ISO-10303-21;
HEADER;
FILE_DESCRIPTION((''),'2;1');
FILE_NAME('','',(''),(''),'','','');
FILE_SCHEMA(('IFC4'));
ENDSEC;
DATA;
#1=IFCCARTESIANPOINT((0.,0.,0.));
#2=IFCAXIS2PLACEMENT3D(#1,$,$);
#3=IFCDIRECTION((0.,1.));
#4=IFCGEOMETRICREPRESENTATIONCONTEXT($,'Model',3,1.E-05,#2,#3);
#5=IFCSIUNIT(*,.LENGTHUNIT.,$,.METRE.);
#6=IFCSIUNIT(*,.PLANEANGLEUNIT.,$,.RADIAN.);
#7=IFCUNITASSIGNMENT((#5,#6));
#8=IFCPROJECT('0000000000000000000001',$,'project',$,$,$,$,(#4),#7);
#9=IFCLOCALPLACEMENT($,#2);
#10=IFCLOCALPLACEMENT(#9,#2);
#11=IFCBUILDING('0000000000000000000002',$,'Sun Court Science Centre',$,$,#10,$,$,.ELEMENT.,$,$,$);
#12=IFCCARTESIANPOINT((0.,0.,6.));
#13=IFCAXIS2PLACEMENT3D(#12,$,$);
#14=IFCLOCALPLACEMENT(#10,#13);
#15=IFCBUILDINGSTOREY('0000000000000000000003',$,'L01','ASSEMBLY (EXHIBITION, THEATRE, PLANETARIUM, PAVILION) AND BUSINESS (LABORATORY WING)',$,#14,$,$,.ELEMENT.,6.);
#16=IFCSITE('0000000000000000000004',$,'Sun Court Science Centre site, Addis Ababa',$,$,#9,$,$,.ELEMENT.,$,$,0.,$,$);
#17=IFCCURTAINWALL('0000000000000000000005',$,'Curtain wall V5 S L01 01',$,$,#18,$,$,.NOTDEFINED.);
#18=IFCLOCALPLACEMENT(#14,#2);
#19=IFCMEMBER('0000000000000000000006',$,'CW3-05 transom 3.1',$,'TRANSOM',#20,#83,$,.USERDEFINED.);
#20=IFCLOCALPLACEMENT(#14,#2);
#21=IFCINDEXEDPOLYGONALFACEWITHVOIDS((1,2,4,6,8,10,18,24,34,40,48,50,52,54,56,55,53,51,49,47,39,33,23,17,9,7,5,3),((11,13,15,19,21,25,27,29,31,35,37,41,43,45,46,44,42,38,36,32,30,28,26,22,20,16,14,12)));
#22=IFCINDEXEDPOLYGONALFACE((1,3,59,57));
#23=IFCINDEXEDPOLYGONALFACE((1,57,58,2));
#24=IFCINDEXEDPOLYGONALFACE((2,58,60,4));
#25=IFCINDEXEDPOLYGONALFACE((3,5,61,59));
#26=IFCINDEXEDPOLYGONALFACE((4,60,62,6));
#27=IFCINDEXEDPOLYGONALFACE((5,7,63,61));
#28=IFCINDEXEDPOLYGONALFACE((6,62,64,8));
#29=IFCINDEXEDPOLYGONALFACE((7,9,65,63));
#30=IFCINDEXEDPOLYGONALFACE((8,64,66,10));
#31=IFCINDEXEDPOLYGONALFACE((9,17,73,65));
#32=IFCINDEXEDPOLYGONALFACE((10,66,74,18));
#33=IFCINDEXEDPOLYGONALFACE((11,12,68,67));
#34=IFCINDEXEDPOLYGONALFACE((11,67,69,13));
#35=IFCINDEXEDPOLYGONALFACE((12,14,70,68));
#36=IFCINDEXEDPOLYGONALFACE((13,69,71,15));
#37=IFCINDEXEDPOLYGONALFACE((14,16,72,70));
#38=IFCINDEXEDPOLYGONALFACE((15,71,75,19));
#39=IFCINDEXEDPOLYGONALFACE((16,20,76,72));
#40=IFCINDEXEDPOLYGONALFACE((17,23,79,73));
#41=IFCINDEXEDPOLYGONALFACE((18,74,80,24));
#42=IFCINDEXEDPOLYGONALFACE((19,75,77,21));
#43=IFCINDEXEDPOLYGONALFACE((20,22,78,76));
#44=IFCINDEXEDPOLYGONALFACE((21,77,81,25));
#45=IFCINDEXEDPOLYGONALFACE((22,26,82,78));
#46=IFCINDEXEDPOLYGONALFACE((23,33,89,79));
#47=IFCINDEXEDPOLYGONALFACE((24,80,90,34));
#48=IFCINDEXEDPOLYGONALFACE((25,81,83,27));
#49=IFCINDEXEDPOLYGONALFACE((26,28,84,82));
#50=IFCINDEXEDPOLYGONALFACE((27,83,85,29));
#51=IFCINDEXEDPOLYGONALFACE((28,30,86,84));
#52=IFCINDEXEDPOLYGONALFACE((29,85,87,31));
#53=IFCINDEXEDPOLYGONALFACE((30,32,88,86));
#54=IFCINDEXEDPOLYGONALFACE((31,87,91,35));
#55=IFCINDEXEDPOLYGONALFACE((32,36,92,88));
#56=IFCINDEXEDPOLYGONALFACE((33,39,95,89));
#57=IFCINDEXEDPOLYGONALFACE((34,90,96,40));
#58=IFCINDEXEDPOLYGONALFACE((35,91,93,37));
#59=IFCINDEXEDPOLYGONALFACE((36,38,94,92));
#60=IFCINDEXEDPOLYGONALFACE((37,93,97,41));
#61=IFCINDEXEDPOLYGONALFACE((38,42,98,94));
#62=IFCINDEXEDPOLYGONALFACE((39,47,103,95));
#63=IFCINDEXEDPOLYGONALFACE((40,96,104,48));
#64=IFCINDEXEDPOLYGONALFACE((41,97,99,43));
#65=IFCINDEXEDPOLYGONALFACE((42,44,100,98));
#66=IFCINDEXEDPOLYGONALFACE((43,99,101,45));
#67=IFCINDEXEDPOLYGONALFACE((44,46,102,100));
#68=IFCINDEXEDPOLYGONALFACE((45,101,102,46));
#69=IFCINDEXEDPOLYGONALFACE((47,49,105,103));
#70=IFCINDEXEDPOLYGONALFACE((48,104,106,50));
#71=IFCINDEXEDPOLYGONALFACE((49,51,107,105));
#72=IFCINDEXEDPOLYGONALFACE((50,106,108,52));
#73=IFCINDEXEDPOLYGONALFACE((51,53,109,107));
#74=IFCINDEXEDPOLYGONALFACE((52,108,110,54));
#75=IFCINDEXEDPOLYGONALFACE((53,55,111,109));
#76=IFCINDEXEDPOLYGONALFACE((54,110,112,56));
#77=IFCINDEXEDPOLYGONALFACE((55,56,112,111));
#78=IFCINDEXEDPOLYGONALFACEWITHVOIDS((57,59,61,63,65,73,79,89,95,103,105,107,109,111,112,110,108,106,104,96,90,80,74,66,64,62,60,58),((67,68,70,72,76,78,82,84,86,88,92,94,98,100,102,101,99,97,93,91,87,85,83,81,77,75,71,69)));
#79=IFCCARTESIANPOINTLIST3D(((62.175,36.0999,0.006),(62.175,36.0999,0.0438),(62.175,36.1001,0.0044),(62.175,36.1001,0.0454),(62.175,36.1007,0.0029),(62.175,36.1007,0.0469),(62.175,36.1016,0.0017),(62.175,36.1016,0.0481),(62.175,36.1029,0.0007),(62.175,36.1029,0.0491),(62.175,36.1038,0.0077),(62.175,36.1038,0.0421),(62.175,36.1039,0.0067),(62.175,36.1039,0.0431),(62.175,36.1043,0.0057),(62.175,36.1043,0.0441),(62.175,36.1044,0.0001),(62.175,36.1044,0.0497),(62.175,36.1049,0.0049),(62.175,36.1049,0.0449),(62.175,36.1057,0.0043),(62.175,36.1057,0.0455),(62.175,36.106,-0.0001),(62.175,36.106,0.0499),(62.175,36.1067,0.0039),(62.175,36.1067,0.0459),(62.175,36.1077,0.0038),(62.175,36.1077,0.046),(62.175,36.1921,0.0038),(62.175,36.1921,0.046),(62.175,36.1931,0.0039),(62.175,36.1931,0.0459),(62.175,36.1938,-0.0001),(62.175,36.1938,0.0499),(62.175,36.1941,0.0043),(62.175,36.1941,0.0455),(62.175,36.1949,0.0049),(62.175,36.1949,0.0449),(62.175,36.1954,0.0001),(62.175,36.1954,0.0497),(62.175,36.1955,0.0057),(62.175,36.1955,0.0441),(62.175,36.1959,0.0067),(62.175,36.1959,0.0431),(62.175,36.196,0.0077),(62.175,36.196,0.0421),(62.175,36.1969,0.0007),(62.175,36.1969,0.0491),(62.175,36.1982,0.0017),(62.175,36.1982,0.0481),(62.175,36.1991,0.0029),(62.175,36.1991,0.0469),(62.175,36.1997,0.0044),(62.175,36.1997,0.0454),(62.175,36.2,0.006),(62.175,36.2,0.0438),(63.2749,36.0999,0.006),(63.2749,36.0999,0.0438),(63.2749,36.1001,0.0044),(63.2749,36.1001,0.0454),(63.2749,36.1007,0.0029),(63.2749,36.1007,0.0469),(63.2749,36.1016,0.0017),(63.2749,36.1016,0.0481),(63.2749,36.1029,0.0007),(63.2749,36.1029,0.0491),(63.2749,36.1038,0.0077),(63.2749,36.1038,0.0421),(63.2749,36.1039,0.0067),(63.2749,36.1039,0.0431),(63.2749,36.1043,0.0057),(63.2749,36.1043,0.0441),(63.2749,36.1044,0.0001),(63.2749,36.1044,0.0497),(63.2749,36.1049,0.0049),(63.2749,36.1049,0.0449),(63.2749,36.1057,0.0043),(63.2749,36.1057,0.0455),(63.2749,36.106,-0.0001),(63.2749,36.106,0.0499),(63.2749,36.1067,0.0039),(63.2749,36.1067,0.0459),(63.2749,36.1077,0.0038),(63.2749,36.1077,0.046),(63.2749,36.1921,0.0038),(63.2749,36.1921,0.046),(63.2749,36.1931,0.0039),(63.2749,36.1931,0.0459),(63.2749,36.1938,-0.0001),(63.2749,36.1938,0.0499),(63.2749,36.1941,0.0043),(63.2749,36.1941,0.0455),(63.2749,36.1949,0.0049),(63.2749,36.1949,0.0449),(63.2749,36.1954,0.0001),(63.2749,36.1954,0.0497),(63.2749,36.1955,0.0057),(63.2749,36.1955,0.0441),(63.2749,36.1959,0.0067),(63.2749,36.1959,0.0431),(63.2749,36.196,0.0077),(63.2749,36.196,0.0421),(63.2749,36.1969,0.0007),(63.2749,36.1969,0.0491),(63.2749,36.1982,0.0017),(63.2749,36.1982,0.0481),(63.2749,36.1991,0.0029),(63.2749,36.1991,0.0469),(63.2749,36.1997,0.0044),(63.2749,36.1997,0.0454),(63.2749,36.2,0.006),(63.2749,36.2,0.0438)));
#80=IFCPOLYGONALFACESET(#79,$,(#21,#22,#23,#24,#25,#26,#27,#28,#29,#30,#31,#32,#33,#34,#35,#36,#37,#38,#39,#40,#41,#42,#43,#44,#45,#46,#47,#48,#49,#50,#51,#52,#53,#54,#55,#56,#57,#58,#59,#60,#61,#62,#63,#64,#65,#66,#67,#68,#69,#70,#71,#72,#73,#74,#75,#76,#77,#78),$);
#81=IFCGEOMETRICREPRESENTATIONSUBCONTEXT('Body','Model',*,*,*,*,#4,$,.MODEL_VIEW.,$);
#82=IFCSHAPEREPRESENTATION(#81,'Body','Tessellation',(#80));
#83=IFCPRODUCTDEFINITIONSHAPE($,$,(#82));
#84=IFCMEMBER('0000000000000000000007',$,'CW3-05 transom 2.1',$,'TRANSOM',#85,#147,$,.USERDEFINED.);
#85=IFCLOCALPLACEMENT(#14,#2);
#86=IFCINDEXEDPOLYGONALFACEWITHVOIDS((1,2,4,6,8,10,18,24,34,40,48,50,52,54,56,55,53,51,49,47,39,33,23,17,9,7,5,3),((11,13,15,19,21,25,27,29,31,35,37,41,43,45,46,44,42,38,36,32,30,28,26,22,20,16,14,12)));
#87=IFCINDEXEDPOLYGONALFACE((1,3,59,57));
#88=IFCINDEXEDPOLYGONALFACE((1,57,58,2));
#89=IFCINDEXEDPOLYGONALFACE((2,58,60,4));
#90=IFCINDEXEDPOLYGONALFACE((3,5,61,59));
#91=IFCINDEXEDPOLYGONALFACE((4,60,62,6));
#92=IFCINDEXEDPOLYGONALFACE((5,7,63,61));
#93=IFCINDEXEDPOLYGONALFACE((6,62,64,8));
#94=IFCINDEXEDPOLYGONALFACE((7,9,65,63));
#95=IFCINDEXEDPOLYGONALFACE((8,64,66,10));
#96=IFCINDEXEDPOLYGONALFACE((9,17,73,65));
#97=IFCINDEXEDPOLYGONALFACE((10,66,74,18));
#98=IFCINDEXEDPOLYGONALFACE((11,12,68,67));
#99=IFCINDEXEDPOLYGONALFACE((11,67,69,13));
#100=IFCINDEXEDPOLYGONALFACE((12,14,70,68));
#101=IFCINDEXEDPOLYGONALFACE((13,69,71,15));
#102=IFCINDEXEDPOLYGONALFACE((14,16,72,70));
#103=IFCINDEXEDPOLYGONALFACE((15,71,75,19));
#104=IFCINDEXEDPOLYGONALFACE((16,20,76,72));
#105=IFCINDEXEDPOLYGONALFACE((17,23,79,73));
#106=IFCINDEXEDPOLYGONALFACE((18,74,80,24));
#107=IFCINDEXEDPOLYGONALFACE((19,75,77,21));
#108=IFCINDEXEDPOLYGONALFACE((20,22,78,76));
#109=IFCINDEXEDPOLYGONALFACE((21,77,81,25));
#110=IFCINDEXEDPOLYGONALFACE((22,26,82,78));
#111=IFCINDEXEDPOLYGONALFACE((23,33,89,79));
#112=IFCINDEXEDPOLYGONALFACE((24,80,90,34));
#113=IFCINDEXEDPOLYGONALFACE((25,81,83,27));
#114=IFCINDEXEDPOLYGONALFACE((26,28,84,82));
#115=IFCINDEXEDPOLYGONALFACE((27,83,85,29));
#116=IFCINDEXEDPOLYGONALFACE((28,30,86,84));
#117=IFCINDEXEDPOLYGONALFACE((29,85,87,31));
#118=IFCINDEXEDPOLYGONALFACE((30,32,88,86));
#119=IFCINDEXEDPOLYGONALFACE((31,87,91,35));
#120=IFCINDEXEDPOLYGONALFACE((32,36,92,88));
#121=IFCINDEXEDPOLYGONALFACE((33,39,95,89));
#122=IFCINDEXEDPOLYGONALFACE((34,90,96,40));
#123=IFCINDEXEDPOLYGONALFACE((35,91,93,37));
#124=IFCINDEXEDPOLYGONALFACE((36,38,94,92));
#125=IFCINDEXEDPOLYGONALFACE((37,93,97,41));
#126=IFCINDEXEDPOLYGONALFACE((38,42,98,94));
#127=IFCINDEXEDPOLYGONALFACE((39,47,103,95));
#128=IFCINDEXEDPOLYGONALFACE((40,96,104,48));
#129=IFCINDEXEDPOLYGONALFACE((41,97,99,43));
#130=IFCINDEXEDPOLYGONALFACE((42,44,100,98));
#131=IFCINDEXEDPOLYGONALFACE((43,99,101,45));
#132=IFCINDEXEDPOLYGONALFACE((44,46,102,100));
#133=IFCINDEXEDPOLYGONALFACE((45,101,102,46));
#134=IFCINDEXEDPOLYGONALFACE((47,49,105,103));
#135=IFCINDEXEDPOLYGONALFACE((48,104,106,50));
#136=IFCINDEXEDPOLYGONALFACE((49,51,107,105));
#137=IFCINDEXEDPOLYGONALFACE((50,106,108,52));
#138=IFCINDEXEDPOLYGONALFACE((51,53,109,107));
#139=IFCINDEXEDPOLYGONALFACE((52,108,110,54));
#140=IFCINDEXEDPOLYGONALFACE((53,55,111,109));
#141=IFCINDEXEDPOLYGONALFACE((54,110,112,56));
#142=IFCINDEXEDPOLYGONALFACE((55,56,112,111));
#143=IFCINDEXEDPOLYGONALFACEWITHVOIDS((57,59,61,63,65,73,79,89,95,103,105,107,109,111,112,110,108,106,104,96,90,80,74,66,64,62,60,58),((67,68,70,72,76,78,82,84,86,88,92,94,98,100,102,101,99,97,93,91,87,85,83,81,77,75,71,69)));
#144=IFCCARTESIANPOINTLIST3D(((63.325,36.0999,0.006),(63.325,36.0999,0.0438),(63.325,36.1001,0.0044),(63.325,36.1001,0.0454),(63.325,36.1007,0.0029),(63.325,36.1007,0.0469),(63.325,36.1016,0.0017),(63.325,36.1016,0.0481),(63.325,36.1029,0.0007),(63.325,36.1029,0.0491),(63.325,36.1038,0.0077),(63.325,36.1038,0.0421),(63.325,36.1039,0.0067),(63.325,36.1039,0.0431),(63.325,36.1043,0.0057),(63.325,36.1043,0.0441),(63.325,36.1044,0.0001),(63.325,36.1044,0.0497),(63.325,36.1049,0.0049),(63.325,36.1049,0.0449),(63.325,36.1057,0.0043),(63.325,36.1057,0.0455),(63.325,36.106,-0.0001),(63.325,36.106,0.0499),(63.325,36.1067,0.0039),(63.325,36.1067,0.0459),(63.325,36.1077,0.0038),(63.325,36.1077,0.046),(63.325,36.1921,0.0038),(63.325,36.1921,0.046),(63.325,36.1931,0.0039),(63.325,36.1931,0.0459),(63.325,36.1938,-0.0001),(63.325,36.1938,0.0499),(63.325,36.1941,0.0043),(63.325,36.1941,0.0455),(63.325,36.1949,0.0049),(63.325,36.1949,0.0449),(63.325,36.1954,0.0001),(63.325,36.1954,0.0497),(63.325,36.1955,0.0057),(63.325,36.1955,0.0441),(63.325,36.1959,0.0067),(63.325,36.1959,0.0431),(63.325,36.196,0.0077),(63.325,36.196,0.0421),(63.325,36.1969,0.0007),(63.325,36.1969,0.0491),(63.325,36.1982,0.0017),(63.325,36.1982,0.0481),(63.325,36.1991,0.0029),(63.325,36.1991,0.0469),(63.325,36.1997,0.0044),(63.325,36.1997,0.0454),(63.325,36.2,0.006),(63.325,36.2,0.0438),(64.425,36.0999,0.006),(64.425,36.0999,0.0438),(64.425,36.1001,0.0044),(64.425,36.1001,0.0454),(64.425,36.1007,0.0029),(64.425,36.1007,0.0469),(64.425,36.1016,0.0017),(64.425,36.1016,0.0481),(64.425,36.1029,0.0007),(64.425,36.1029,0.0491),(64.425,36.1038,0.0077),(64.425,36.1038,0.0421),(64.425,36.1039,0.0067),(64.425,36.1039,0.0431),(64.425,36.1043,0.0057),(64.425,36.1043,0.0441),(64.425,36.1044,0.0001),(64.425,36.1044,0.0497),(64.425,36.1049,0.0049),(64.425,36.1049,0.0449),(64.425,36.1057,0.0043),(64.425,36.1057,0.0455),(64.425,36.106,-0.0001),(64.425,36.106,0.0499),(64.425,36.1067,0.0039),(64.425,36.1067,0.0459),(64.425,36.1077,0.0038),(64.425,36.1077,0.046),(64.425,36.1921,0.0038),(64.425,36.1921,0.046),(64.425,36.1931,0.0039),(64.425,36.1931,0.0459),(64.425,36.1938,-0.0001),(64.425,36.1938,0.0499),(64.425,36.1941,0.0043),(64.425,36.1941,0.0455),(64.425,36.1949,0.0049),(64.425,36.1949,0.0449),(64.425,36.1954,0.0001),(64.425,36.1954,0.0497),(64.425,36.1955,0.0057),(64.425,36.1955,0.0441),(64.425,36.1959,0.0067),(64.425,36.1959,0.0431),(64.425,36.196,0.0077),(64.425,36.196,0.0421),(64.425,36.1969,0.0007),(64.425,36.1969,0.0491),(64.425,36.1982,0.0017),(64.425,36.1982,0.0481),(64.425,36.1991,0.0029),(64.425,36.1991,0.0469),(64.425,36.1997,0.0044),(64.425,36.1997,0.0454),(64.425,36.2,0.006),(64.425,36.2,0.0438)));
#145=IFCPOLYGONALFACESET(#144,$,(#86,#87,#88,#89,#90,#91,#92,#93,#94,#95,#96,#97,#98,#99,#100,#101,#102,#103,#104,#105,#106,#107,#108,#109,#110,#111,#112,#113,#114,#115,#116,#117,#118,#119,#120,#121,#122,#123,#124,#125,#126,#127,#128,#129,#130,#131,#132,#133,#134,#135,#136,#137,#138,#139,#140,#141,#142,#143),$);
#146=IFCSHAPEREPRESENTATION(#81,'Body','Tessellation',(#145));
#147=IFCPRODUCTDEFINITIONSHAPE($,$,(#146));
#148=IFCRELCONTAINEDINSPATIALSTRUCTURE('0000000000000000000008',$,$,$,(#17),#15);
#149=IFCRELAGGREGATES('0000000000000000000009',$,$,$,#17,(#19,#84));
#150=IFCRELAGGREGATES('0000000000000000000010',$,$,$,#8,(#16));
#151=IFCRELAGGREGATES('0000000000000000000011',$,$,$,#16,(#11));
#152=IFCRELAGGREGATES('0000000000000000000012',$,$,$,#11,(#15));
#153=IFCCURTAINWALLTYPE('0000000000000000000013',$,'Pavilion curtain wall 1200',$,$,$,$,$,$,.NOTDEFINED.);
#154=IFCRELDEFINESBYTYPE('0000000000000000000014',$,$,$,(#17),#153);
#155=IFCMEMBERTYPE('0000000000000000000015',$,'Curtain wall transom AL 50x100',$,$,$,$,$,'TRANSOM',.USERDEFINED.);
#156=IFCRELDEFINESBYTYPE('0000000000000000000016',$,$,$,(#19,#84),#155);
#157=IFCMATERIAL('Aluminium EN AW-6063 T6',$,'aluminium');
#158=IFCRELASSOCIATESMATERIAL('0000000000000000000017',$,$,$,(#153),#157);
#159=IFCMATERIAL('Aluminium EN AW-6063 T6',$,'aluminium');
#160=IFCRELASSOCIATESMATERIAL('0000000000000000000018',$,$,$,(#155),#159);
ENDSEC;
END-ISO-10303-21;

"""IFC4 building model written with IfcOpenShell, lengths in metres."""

from ifc_helpers import new_model, si_unit, direction, frame, origin, origin_2d, place, context, subcontext, project, spatial, hollow_rectangle, extrude, material, material_profile, profile_set, type_object, element, aggregate, save


model = new_model("IFC4")

# Units and contexts
model_context = context("Model", 3, precision=1e-05, world=origin(), true_north=direction((0.0, 1.0)))
body_context = subcontext(model_context, "Body", "Model", "MODEL_VIEW")
ifc_project = project(units=[si_unit("LENGTHUNIT", "METRE"), si_unit("PLANEANGLEUNIT", "RADIAN")], contexts=[model_context])

# Site, building, storey
site_placement = place(None, origin())
site = spatial("IfcSite", under=ifc_project, at=site_placement, Name="Sun Court Science Centre site, Addis Ababa", CompositionType="ELEMENT", RefElevation=0.0)
building_placement = place(site_placement, origin())
building = spatial("IfcBuilding", under=site, at=building_placement, Name="Sun Court Science Centre", CompositionType="ELEMENT")
storey_placement = place(building_placement, frame((0.0, 0.0, 6.0)))
storey = spatial("IfcBuildingStorey", under=building, at=storey_placement, Name="L01", Description="ASSEMBLY (EXHIBITION, THEATRE, PLANETARIUM, PAVILION) AND BUSINESS (LABORATORY WING)", CompositionType="ELEMENT", Elevation=6.0)

# Curtain wall, members
ifc_material_1 = material(Name="Aluminium EN AW-6063 T6", Category="aluminium")
curtain_wall_type = type_object("IfcCurtainWallType", Name="Pavilion curtain wall 1200", PredefinedType="NOTDEFINED", material=ifc_material_1)
curtain_wall_placement = place(storey_placement, origin())
curtain_wall = element("IfcCurtainWall", 1, at=curtain_wall_placement, inside=storey, type_object=curtain_wall_type, Name="Curtain wall V5 S L01 01", PredefinedType="NOTDEFINED")
ifc_material_2 = material(Name="Aluminium EN AW-6063 T6", Category="aluminium")
ifc_material_profile_1 = material_profile(ifc_material_2, hollow_rectangle(XDim=0.05, YDim=0.1001, WallThickness=0.0039, InnerFilletRadius=0.0039, OuterFilletRadius=0.0061, at=origin_2d()), Name="AL 50x100x4")
ifc_profile_set_1 = profile_set([ifc_material_profile_1], Name="Aluminium EN AW-6063 T6")
member_type_1 = type_object("IfcMemberType", Name="Curtain wall transom AL 50x100", ElementType="TRANSOM", PredefinedType="USERDEFINED", material=ifc_profile_set_1)
member_1_placement = place(storey_placement, frame((63.2749, 36.1499, 0.0249), z_axis=(-1.0, 0.0, 0.0), x_axis=(0.0, 0.0, 1.0)))
member_1 = element("IfcMember", 2, at=member_1_placement, type_object=member_type_1, Name="CW3-05 transom 3.1", ObjectType="TRANSOM", PredefinedType="USERDEFINED", context=body_context, shape_type="SweptSolid", body=[
    extrude(hollow_rectangle(XDim=0.05, YDim=0.1001, WallThickness=0.0039, InnerFilletRadius=0.0039, OuterFilletRadius=0.0061, at=origin_2d()), origin(), (0.0, 0.0, 1.0), 1.0999),
])
member_2_placement = place(storey_placement, frame((64.425, 36.1499, 0.0249), z_axis=(-1.0, 0.0, 0.0), x_axis=(0.0, 0.0, 1.0)))
member_2 = element("IfcMember", 3, at=member_2_placement, type_object=member_type_1, Name="CW3-05 transom 2.1", ObjectType="TRANSOM", PredefinedType="USERDEFINED", context=body_context, shape_type="SweptSolid", body=[
    extrude(hollow_rectangle(XDim=0.05, YDim=0.1001, WallThickness=0.0039, InnerFilletRadius=0.0039, OuterFilletRadius=0.0061, at=origin_2d()), origin(), (0.0, 0.0, 1.0), 1.1001),
])

aggregate(curtain_wall, [member_1, member_2])

save(model, "model.ifc")
